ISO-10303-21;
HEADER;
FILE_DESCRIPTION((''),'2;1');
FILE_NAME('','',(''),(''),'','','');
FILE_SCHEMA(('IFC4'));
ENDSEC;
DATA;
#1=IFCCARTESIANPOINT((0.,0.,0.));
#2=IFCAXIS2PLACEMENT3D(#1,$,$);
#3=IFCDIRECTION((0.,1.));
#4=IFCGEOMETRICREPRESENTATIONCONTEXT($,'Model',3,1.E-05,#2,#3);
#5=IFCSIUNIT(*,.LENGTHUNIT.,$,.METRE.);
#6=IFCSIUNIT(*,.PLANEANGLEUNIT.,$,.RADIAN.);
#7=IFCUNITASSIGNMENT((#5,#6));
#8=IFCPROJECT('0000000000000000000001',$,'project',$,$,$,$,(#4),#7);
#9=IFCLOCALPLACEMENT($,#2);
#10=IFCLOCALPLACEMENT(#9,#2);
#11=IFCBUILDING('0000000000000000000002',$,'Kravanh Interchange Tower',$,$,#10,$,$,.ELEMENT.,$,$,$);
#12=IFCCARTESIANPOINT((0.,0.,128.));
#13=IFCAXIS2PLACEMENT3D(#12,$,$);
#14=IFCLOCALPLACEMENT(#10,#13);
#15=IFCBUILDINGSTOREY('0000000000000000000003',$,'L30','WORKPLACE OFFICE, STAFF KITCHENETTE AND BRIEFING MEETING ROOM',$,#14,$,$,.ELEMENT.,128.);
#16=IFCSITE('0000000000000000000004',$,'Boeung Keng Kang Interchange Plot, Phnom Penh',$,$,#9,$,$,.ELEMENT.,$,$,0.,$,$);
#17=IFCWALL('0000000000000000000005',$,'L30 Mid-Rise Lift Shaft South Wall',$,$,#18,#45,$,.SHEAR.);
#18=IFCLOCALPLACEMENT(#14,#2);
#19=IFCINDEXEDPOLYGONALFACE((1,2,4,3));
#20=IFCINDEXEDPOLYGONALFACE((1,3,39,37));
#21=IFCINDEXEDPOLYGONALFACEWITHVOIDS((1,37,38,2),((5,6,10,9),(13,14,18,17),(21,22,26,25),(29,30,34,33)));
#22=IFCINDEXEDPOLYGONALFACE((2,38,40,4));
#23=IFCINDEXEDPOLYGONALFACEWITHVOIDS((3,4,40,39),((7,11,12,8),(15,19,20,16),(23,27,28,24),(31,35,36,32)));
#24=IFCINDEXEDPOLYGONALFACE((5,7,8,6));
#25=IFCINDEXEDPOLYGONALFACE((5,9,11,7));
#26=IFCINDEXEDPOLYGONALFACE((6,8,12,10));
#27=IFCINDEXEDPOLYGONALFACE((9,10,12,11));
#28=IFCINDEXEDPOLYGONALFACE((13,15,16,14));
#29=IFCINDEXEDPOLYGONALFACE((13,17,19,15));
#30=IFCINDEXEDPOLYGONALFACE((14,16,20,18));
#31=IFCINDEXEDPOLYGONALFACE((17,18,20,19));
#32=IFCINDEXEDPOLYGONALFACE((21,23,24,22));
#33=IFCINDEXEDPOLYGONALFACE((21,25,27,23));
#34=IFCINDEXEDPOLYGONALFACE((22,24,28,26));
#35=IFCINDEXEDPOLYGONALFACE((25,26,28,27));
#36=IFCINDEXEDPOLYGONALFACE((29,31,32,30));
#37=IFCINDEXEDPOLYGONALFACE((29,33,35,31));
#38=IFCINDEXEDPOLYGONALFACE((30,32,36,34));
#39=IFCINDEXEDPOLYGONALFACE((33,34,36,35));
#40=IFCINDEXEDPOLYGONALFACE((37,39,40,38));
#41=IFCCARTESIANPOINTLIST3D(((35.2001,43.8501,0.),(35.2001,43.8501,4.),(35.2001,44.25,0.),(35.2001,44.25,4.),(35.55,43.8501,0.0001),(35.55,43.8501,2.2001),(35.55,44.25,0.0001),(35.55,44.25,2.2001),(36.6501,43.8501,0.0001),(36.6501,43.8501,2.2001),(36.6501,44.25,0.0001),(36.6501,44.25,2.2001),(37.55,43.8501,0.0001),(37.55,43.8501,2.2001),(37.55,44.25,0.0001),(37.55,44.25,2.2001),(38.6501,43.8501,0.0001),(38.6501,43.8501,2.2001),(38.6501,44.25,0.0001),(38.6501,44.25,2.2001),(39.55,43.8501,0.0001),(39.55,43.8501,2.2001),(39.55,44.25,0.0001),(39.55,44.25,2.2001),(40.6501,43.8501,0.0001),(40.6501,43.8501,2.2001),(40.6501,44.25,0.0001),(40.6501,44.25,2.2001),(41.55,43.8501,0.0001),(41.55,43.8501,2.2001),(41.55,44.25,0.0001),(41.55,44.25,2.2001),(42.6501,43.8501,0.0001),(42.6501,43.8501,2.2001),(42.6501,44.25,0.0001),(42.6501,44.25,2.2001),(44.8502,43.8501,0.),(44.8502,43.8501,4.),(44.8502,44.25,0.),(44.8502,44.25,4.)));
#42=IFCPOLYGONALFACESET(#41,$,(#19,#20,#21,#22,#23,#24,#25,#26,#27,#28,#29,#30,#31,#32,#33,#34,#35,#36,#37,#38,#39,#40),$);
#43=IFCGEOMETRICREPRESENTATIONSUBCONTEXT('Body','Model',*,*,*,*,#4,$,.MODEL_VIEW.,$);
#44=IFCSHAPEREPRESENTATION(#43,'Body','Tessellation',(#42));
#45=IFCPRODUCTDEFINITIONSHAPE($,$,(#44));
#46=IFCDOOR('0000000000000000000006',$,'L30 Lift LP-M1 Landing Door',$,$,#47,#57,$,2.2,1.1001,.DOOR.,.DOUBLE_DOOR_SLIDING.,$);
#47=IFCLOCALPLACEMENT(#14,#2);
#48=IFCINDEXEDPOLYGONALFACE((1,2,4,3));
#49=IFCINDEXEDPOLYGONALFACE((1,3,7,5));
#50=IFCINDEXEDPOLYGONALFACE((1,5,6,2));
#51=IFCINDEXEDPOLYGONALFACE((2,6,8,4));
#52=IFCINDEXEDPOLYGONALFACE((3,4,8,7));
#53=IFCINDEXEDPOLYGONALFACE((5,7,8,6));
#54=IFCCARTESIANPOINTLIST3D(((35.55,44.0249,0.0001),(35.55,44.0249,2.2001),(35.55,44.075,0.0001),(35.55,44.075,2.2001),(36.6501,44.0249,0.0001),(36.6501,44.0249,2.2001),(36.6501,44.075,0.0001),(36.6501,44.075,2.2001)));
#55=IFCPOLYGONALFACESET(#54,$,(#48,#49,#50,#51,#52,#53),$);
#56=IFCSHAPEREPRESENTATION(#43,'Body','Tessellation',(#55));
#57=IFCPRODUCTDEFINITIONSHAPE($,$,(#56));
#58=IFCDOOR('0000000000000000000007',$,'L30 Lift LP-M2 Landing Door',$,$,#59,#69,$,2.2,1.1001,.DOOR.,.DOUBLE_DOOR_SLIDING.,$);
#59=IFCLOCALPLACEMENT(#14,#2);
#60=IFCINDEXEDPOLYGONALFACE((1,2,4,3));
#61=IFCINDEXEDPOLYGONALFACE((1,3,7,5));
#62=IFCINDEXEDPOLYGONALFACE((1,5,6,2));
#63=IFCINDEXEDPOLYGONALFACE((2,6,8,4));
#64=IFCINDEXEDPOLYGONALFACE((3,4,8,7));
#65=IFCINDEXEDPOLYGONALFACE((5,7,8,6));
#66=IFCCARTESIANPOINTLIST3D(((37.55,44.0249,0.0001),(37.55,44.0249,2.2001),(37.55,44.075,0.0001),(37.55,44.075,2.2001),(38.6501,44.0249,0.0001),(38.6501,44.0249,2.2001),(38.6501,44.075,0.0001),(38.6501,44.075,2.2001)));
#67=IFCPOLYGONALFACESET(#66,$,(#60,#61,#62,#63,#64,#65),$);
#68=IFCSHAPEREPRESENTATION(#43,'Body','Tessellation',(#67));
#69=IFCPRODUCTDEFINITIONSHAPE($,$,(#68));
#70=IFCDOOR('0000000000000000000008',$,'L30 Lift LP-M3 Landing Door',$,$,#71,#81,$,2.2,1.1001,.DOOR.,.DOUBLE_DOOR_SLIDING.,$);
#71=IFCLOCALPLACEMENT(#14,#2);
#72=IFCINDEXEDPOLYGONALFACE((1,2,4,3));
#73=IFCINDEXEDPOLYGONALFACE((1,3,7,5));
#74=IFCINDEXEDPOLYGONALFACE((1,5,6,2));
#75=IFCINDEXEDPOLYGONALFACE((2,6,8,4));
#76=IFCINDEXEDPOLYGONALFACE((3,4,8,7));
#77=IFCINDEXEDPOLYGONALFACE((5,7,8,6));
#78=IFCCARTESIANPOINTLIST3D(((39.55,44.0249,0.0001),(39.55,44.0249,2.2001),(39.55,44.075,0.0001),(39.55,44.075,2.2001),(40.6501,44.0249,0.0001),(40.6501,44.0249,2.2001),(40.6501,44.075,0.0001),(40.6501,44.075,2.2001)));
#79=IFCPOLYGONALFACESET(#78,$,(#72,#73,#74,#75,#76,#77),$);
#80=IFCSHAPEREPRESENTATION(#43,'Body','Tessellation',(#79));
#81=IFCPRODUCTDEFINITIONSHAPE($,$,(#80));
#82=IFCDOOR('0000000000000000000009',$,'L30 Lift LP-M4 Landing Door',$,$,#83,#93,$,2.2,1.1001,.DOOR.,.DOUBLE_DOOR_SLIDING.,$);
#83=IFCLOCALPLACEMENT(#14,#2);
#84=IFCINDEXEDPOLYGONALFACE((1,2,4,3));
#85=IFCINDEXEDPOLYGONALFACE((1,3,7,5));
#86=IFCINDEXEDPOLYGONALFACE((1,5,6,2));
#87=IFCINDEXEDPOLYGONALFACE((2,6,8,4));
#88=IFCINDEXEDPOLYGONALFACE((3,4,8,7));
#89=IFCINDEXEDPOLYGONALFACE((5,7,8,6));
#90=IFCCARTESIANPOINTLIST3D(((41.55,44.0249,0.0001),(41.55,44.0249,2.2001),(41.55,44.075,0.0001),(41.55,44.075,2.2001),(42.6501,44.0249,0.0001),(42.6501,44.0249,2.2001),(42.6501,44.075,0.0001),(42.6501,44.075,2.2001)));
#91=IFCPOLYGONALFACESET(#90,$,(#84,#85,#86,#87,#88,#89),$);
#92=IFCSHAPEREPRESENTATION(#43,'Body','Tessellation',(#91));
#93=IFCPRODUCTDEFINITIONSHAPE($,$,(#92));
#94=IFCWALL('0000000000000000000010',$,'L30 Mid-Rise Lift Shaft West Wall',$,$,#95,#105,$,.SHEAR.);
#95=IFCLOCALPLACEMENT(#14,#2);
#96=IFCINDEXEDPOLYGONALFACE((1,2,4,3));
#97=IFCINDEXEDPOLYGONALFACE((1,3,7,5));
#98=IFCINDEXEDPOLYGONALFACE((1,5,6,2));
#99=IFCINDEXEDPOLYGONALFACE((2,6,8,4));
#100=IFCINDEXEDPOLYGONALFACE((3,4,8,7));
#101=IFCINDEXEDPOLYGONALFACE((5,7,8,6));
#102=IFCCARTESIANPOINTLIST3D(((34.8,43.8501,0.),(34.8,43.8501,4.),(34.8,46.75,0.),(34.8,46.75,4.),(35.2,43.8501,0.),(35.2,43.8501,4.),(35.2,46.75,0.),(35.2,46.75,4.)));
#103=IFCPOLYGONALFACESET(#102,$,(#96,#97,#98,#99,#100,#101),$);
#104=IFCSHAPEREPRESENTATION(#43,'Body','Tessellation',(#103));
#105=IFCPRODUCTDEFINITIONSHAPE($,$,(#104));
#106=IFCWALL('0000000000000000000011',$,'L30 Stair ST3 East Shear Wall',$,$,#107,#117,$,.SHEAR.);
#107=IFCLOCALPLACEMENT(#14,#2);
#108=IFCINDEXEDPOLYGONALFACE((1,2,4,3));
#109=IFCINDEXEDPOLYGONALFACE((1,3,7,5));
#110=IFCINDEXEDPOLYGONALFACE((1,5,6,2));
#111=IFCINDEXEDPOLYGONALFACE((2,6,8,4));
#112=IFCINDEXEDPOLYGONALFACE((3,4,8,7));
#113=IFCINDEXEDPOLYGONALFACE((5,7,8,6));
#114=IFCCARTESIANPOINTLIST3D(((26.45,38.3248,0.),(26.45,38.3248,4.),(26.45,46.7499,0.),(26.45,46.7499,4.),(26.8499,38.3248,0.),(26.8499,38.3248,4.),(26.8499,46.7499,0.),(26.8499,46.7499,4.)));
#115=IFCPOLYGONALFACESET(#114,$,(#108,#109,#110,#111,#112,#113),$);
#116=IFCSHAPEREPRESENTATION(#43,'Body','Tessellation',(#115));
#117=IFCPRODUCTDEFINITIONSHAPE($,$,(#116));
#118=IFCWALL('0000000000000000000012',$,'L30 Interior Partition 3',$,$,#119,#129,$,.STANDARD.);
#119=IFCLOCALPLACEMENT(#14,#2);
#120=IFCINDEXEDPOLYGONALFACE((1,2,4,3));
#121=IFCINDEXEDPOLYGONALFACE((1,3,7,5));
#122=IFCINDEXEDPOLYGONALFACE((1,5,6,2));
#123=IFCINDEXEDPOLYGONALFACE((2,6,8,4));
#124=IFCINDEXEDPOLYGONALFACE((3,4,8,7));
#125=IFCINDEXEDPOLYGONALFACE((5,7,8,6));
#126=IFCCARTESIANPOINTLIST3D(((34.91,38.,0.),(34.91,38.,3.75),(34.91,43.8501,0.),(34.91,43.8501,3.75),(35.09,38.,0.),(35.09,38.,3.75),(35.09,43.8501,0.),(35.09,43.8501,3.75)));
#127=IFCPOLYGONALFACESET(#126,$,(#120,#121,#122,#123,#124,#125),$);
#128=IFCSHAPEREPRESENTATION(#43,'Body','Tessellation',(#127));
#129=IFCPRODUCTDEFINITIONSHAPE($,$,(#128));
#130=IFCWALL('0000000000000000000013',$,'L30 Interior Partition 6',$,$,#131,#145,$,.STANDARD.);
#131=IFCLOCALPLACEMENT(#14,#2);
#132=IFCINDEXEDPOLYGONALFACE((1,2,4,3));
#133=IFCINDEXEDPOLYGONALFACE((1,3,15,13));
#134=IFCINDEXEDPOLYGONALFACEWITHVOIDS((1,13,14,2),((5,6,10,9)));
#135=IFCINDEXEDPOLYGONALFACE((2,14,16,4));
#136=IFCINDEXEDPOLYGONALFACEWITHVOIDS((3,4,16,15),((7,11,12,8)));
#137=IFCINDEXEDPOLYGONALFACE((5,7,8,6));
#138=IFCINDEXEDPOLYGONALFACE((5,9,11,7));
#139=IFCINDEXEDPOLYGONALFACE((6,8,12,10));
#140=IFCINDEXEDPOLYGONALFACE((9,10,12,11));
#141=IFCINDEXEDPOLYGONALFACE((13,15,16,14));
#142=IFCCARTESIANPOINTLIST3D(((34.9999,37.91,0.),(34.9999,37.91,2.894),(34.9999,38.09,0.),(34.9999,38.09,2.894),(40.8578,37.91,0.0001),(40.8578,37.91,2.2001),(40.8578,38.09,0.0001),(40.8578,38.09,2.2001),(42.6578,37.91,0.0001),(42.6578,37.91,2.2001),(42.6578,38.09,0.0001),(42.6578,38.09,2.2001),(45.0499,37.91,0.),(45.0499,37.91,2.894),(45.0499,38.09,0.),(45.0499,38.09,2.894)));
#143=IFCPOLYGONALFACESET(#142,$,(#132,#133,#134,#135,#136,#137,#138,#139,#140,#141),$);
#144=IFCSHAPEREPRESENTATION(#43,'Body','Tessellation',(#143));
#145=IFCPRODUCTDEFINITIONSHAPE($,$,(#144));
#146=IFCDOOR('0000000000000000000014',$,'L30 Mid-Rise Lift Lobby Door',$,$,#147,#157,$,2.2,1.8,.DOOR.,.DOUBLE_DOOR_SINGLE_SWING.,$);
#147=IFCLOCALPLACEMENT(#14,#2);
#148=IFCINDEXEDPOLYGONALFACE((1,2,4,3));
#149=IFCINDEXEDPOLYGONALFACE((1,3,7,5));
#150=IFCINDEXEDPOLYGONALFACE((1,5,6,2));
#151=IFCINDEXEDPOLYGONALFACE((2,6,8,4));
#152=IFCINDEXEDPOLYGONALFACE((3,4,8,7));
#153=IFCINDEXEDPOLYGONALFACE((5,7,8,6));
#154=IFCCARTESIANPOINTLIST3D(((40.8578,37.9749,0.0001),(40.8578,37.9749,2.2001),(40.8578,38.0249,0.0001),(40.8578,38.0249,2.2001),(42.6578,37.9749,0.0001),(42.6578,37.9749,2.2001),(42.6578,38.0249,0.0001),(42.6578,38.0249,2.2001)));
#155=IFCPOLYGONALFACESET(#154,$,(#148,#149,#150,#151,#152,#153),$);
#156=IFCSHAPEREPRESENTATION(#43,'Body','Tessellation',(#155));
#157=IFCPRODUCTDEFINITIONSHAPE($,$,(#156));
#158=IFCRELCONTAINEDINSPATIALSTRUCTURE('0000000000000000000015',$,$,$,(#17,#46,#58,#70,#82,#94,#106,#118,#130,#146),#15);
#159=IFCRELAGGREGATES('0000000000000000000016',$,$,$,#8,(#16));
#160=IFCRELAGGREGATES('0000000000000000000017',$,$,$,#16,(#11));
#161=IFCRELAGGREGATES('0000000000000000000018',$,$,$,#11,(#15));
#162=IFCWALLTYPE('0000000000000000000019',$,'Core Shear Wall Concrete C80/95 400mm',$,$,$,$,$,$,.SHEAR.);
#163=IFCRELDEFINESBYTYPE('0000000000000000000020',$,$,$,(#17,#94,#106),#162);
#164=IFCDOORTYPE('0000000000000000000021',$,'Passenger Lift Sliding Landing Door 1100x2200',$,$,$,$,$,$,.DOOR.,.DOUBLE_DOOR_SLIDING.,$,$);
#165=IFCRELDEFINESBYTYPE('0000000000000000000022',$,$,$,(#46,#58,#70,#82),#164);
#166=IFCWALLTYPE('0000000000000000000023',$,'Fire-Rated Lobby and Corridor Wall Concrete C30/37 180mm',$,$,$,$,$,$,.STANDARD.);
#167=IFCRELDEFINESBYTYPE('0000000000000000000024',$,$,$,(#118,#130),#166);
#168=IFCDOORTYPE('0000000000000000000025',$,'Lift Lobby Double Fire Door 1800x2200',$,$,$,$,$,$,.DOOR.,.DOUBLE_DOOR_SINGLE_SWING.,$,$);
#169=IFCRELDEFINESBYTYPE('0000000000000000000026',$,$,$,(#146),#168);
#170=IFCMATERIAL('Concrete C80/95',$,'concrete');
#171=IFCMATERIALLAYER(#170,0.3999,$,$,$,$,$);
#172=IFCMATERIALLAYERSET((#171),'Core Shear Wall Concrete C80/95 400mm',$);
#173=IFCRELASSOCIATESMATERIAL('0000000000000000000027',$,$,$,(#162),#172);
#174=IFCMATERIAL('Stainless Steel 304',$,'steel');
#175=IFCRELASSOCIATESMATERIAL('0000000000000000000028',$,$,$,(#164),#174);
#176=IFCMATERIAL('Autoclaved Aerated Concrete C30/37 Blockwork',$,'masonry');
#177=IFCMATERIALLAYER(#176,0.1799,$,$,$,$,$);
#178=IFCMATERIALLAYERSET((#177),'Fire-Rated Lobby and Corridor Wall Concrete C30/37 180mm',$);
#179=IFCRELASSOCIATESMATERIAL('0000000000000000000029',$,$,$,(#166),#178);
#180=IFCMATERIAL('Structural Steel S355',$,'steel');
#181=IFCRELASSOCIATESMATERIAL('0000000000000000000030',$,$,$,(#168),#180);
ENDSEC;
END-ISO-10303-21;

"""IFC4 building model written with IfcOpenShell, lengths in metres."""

from ifc_helpers import new_model, si_unit, direction, frame, frame_2d, origin, place, context, subcontext, project, spatial, rectangle, extrude, material, layer, layer_set, type_object, element, fill, save


model = new_model("IFC4")

# Units and contexts
model_context = context("Model", 3, precision=1e-05, world=origin(), true_north=direction((0.0, 1.0)))
body_context = subcontext(model_context, "Body", "Model", "MODEL_VIEW")
ifc_project = project(units=[si_unit("LENGTHUNIT", "METRE"), si_unit("PLANEANGLEUNIT", "RADIAN")], contexts=[model_context])

# Site, building, storey
site_placement = place(None, origin())
site = spatial("IfcSite", under=ifc_project, at=site_placement, Name="Boeung Keng Kang Interchange Plot, Phnom Penh", CompositionType="ELEMENT", RefElevation=0.0)
building_placement = place(site_placement, origin())
building = spatial("IfcBuilding", under=site, at=building_placement, Name="Kravanh Interchange Tower", CompositionType="ELEMENT")
storey_placement = place(building_placement, frame((0.0, 0.0, 128.0)))
storey = spatial("IfcBuildingStorey", under=building, at=storey_placement, Name="L30", Description="WORKPLACE OFFICE, STAFF KITCHENETTE AND BRIEFING MEETING ROOM", CompositionType="ELEMENT", Elevation=128.0)

# Wall, openings, doors
ifc_material_1 = material(Name="Concrete C80/95", Category="concrete")
ifc_layer_1 = layer(ifc_material_1, 0.3999)
ifc_layer_set_1 = layer_set([ifc_layer_1], Name="Core Shear Wall Concrete C80/95 400mm")
wall_type_1 = type_object("IfcWallType", Name="Core Shear Wall Concrete C80/95 400mm", PredefinedType="SHEAR", material=ifc_layer_set_1)
wall_1_placement = place(storey_placement, frame((35.2, 44.05, 0.0), z_axis=(0.0, 0.0, 1.0), x_axis=(1.0, 0.0, 0.0)))
wall_1 = element("IfcWall", 1, at=wall_1_placement, inside=storey, type_object=wall_type_1, Name="L30 Mid-Rise Lift Shaft South Wall", PredefinedType="SHEAR", context=body_context, shape_type="SweptSolid", body=[
    extrude(rectangle(XDim=9.6501, YDim=0.3999, at=frame_2d((4.8252, 0.0))), origin(), (0.0, 0.0, 1.0), 4.0),
])
opening_1_placement = place(wall_1_placement, frame((0.3501, 0.0, 0.0)))
opening_1 = element("IfcOpeningElement", 2, at=opening_1_placement, cuts=wall_1, PredefinedType="OPENING", context=body_context, shape_type="SweptSolid", body=[
    extrude(rectangle(XDim=1.1001, YDim=2.2, at=frame_2d((0.55, 1.1001))), frame((0.0, 0.21, 0.0), z_axis=(0.0, -1.0, 0.0), x_axis=(1.0, 0.0, 0.0)), (0.0, 0.0, 1.0), 0.4199),
])
opening_2_placement = place(wall_1_placement, frame((2.3501, 0.0, 0.0)))
opening_2 = element("IfcOpeningElement", 3, at=opening_2_placement, cuts=wall_1, PredefinedType="OPENING", context=body_context, shape_type="SweptSolid", body=[
    extrude(rectangle(XDim=1.1001, YDim=2.2, at=frame_2d((0.55, 1.1001))), frame((0.0, 0.21, 0.0), z_axis=(0.0, -1.0, 0.0), x_axis=(1.0, 0.0, 0.0)), (0.0, 0.0, 1.0), 0.4199),
])
opening_3_placement = place(wall_1_placement, frame((4.3501, 0.0, 0.0)))
opening_3 = element("IfcOpeningElement", 4, at=opening_3_placement, cuts=wall_1, PredefinedType="OPENING", context=body_context, shape_type="SweptSolid", body=[
    extrude(rectangle(XDim=1.1001, YDim=2.2, at=frame_2d((0.55, 1.1001))), frame((0.0, 0.21, 0.0), z_axis=(0.0, -1.0, 0.0), x_axis=(1.0, 0.0, 0.0)), (0.0, 0.0, 1.0), 0.4199),
])
opening_4_placement = place(wall_1_placement, frame((6.3501, 0.0, 0.0)))
opening_4 = element("IfcOpeningElement", 5, at=opening_4_placement, cuts=wall_1, PredefinedType="OPENING", context=body_context, shape_type="SweptSolid", body=[
    extrude(rectangle(XDim=1.1001, YDim=2.2, at=frame_2d((0.55, 1.1001))), frame((0.0, 0.21, 0.0), z_axis=(0.0, -1.0, 0.0), x_axis=(1.0, 0.0, 0.0)), (0.0, 0.0, 1.0), 0.4199),
])
ifc_material_2 = material(Name="Stainless Steel 304", Category="steel")
door_type_1 = type_object("IfcDoorType", Name="Passenger Lift Sliding Landing Door 1100x2200", OperationType="DOUBLE_DOOR_SLIDING", PredefinedType="DOOR", material=ifc_material_2)
door_1_placement = place(opening_1_placement, origin())
door_1 = element("IfcDoor", 6, at=door_1_placement, inside=storey, type_object=door_type_1, Name="L30 Lift LP-M1 Landing Door", OperationType="DOUBLE_DOOR_SLIDING", OverallHeight=2.2, OverallWidth=1.1001, PredefinedType="DOOR", context=body_context, shape_type="SweptSolid", body=[
    extrude(rectangle(XDim=1.1001, YDim=2.2, at=frame_2d((0.55, 1.1001))), frame((0.0, 0.0249, 0.0), z_axis=(0.0, -1.0, 0.0), x_axis=(1.0, 0.0, 0.0)), (0.0, 0.0, 1.0), 0.05),
])
fill(opening_1, door_1)
door_2_placement = place(opening_2_placement, origin())
door_2 = element("IfcDoor", 7, at=door_2_placement, inside=storey, type_object=door_type_1, Name="L30 Lift LP-M2 Landing Door", OperationType="DOUBLE_DOOR_SLIDING", OverallHeight=2.2, OverallWidth=1.1001, PredefinedType="DOOR", context=body_context, shape_type="SweptSolid", body=[
    extrude(rectangle(XDim=1.1001, YDim=2.2, at=frame_2d((0.55, 1.1001))), frame((0.0, 0.0249, 0.0), z_axis=(0.0, -1.0, 0.0), x_axis=(1.0, 0.0, 0.0)), (0.0, 0.0, 1.0), 0.05),
])
fill(opening_2, door_2)
door_3_placement = place(opening_3_placement, origin())
door_3 = element("IfcDoor", 8, at=door_3_placement, inside=storey, type_object=door_type_1, Name="L30 Lift LP-M3 Landing Door", OperationType="DOUBLE_DOOR_SLIDING", OverallHeight=2.2, OverallWidth=1.1001, PredefinedType="DOOR", context=body_context, shape_type="SweptSolid", body=[
    extrude(rectangle(XDim=1.1001, YDim=2.2, at=frame_2d((0.55, 1.1001))), frame((0.0, 0.0249, 0.0), z_axis=(0.0, -1.0, 0.0), x_axis=(1.0, 0.0, 0.0)), (0.0, 0.0, 1.0), 0.05),
])
fill(opening_3, door_3)
door_4_placement = place(opening_4_placement, origin())
door_4 = element("IfcDoor", 9, at=door_4_placement, inside=storey, type_object=door_type_1, Name="L30 Lift LP-M4 Landing Door", OperationType="DOUBLE_DOOR_SLIDING", OverallHeight=2.2, OverallWidth=1.1001, PredefinedType="DOOR", context=body_context, shape_type="SweptSolid", body=[
    extrude(rectangle(XDim=1.1001, YDim=2.2, at=frame_2d((0.55, 1.1001))), frame((0.0, 0.0249, 0.0), z_axis=(0.0, -1.0, 0.0), x_axis=(1.0, 0.0, 0.0)), (0.0, 0.0, 1.0), 0.05),
])
fill(opening_4, door_4)

# Walls
wall_2_placement = place(storey_placement, frame((35.0, 43.8501, 0.0), z_axis=(0.0, 0.0, 1.0), x_axis=(0.0, 1.0, 0.0)))
element("IfcWall", 10, at=wall_2_placement, inside=storey, type_object=wall_type_1, Name="L30 Mid-Rise Lift Shaft West Wall", PredefinedType="SHEAR", context=body_context, shape_type="SweptSolid", body=[
    extrude(rectangle(XDim=2.8999, YDim=0.3999, at=frame_2d((1.45, 0.0))), origin(), (0.0, 0.0, 1.0), 4.0),
])
wall_3_placement = place(storey_placement, frame((26.6499, 38.325, 0.0), z_axis=(0.0, 0.0, 1.0), x_axis=(0.0, 1.0, 0.0)))
element("IfcWall", 11, at=wall_3_placement, inside=storey, type_object=wall_type_1, Name="L30 Stair ST3 East Shear Wall", PredefinedType="SHEAR", context=body_context, shape_type="SweptSolid", body=[
    extrude(rectangle(XDim=8.425, YDim=0.3999, at=frame_2d((4.2124, 0.0))), origin(), (0.0, 0.0, 1.0), 4.0),
])
ifc_material_3 = material(Name="Autoclaved Aerated Concrete C30/37 Blockwork", Category="masonry")
ifc_layer_2 = layer(ifc_material_3, 0.1799)
ifc_layer_set_2 = layer_set([ifc_layer_2], Name="Fire-Rated Lobby and Corridor Wall Concrete C30/37 180mm")
wall_type_2 = type_object("IfcWallType", Name="Fire-Rated Lobby and Corridor Wall Concrete C30/37 180mm", PredefinedType="STANDARD", material=ifc_layer_set_2)
wall_4_placement = place(storey_placement, frame((35.0, 38.0, 0.0), z_axis=(0.0, 0.0, 1.0), x_axis=(0.0, 1.0, 0.0)))
element("IfcWall", 12, at=wall_4_placement, inside=storey, type_object=wall_type_2, Name="L30 Interior Partition 3", PredefinedType="STANDARD", context=body_context, shape_type="SweptSolid", body=[
    extrude(rectangle(XDim=5.8501, YDim=0.1799, at=frame_2d((2.925, 0.0))), origin(), (0.0, 0.0, 1.0), 3.75),
])

# Wall, opening, door
wall_5_placement = place(storey_placement, frame((35.0, 38.0, 0.0), z_axis=(0.0, 0.0, 1.0), x_axis=(1.0, 0.0, 0.0)))
wall_5 = element("IfcWall", 13, at=wall_5_placement, inside=storey, type_object=wall_type_2, Name="L30 Interior Partition 6", PredefinedType="STANDARD", context=body_context, shape_type="SweptSolid", body=[
    extrude(rectangle(XDim=10.05, YDim=0.1799, at=frame_2d((5.0249, 0.0))), origin(), (0.0, 0.0, 1.0), 2.894),
])
opening_5_placement = place(wall_5_placement, frame((5.8579, 0.0, 0.0)))
opening_5 = element("IfcOpeningElement", 14, at=opening_5_placement, cuts=wall_5, PredefinedType="OPENING", context=body_context, shape_type="SweptSolid", body=[
    extrude(rectangle(XDim=1.8, YDim=2.2, at=frame_2d((0.8999, 1.1001))), frame((0.0, 0.1001, 0.0), z_axis=(0.0, -1.0, 0.0), x_axis=(1.0, 0.0, 0.0)), (0.0, 0.0, 1.0), 0.2),
])
ifc_material_4 = material(Name="Structural Steel S355", Category="steel")
door_type_2 = type_object("IfcDoorType", Name="Lift Lobby Double Fire Door 1800x2200", OperationType="DOUBLE_DOOR_SINGLE_SWING", PredefinedType="DOOR", material=ifc_material_4)
door_5_placement = place(opening_5_placement, origin())
door_5 = element("IfcDoor", 15, at=door_5_placement, inside=storey, type_object=door_type_2, Name="L30 Mid-Rise Lift Lobby Door", OperationType="DOUBLE_DOOR_SINGLE_SWING", OverallHeight=2.2, OverallWidth=1.8, PredefinedType="DOOR", context=body_context, shape_type="SweptSolid", body=[
    extrude(rectangle(XDim=1.8, YDim=2.2, at=frame_2d((0.8999, 1.1001))), frame((0.0, 0.0249, 0.0), z_axis=(0.0, -1.0, 0.0), x_axis=(1.0, 0.0, 0.0)), (0.0, 0.0, 1.0), 0.05),
])
fill(opening_5, door_5)

save(model, "model.ifc")
